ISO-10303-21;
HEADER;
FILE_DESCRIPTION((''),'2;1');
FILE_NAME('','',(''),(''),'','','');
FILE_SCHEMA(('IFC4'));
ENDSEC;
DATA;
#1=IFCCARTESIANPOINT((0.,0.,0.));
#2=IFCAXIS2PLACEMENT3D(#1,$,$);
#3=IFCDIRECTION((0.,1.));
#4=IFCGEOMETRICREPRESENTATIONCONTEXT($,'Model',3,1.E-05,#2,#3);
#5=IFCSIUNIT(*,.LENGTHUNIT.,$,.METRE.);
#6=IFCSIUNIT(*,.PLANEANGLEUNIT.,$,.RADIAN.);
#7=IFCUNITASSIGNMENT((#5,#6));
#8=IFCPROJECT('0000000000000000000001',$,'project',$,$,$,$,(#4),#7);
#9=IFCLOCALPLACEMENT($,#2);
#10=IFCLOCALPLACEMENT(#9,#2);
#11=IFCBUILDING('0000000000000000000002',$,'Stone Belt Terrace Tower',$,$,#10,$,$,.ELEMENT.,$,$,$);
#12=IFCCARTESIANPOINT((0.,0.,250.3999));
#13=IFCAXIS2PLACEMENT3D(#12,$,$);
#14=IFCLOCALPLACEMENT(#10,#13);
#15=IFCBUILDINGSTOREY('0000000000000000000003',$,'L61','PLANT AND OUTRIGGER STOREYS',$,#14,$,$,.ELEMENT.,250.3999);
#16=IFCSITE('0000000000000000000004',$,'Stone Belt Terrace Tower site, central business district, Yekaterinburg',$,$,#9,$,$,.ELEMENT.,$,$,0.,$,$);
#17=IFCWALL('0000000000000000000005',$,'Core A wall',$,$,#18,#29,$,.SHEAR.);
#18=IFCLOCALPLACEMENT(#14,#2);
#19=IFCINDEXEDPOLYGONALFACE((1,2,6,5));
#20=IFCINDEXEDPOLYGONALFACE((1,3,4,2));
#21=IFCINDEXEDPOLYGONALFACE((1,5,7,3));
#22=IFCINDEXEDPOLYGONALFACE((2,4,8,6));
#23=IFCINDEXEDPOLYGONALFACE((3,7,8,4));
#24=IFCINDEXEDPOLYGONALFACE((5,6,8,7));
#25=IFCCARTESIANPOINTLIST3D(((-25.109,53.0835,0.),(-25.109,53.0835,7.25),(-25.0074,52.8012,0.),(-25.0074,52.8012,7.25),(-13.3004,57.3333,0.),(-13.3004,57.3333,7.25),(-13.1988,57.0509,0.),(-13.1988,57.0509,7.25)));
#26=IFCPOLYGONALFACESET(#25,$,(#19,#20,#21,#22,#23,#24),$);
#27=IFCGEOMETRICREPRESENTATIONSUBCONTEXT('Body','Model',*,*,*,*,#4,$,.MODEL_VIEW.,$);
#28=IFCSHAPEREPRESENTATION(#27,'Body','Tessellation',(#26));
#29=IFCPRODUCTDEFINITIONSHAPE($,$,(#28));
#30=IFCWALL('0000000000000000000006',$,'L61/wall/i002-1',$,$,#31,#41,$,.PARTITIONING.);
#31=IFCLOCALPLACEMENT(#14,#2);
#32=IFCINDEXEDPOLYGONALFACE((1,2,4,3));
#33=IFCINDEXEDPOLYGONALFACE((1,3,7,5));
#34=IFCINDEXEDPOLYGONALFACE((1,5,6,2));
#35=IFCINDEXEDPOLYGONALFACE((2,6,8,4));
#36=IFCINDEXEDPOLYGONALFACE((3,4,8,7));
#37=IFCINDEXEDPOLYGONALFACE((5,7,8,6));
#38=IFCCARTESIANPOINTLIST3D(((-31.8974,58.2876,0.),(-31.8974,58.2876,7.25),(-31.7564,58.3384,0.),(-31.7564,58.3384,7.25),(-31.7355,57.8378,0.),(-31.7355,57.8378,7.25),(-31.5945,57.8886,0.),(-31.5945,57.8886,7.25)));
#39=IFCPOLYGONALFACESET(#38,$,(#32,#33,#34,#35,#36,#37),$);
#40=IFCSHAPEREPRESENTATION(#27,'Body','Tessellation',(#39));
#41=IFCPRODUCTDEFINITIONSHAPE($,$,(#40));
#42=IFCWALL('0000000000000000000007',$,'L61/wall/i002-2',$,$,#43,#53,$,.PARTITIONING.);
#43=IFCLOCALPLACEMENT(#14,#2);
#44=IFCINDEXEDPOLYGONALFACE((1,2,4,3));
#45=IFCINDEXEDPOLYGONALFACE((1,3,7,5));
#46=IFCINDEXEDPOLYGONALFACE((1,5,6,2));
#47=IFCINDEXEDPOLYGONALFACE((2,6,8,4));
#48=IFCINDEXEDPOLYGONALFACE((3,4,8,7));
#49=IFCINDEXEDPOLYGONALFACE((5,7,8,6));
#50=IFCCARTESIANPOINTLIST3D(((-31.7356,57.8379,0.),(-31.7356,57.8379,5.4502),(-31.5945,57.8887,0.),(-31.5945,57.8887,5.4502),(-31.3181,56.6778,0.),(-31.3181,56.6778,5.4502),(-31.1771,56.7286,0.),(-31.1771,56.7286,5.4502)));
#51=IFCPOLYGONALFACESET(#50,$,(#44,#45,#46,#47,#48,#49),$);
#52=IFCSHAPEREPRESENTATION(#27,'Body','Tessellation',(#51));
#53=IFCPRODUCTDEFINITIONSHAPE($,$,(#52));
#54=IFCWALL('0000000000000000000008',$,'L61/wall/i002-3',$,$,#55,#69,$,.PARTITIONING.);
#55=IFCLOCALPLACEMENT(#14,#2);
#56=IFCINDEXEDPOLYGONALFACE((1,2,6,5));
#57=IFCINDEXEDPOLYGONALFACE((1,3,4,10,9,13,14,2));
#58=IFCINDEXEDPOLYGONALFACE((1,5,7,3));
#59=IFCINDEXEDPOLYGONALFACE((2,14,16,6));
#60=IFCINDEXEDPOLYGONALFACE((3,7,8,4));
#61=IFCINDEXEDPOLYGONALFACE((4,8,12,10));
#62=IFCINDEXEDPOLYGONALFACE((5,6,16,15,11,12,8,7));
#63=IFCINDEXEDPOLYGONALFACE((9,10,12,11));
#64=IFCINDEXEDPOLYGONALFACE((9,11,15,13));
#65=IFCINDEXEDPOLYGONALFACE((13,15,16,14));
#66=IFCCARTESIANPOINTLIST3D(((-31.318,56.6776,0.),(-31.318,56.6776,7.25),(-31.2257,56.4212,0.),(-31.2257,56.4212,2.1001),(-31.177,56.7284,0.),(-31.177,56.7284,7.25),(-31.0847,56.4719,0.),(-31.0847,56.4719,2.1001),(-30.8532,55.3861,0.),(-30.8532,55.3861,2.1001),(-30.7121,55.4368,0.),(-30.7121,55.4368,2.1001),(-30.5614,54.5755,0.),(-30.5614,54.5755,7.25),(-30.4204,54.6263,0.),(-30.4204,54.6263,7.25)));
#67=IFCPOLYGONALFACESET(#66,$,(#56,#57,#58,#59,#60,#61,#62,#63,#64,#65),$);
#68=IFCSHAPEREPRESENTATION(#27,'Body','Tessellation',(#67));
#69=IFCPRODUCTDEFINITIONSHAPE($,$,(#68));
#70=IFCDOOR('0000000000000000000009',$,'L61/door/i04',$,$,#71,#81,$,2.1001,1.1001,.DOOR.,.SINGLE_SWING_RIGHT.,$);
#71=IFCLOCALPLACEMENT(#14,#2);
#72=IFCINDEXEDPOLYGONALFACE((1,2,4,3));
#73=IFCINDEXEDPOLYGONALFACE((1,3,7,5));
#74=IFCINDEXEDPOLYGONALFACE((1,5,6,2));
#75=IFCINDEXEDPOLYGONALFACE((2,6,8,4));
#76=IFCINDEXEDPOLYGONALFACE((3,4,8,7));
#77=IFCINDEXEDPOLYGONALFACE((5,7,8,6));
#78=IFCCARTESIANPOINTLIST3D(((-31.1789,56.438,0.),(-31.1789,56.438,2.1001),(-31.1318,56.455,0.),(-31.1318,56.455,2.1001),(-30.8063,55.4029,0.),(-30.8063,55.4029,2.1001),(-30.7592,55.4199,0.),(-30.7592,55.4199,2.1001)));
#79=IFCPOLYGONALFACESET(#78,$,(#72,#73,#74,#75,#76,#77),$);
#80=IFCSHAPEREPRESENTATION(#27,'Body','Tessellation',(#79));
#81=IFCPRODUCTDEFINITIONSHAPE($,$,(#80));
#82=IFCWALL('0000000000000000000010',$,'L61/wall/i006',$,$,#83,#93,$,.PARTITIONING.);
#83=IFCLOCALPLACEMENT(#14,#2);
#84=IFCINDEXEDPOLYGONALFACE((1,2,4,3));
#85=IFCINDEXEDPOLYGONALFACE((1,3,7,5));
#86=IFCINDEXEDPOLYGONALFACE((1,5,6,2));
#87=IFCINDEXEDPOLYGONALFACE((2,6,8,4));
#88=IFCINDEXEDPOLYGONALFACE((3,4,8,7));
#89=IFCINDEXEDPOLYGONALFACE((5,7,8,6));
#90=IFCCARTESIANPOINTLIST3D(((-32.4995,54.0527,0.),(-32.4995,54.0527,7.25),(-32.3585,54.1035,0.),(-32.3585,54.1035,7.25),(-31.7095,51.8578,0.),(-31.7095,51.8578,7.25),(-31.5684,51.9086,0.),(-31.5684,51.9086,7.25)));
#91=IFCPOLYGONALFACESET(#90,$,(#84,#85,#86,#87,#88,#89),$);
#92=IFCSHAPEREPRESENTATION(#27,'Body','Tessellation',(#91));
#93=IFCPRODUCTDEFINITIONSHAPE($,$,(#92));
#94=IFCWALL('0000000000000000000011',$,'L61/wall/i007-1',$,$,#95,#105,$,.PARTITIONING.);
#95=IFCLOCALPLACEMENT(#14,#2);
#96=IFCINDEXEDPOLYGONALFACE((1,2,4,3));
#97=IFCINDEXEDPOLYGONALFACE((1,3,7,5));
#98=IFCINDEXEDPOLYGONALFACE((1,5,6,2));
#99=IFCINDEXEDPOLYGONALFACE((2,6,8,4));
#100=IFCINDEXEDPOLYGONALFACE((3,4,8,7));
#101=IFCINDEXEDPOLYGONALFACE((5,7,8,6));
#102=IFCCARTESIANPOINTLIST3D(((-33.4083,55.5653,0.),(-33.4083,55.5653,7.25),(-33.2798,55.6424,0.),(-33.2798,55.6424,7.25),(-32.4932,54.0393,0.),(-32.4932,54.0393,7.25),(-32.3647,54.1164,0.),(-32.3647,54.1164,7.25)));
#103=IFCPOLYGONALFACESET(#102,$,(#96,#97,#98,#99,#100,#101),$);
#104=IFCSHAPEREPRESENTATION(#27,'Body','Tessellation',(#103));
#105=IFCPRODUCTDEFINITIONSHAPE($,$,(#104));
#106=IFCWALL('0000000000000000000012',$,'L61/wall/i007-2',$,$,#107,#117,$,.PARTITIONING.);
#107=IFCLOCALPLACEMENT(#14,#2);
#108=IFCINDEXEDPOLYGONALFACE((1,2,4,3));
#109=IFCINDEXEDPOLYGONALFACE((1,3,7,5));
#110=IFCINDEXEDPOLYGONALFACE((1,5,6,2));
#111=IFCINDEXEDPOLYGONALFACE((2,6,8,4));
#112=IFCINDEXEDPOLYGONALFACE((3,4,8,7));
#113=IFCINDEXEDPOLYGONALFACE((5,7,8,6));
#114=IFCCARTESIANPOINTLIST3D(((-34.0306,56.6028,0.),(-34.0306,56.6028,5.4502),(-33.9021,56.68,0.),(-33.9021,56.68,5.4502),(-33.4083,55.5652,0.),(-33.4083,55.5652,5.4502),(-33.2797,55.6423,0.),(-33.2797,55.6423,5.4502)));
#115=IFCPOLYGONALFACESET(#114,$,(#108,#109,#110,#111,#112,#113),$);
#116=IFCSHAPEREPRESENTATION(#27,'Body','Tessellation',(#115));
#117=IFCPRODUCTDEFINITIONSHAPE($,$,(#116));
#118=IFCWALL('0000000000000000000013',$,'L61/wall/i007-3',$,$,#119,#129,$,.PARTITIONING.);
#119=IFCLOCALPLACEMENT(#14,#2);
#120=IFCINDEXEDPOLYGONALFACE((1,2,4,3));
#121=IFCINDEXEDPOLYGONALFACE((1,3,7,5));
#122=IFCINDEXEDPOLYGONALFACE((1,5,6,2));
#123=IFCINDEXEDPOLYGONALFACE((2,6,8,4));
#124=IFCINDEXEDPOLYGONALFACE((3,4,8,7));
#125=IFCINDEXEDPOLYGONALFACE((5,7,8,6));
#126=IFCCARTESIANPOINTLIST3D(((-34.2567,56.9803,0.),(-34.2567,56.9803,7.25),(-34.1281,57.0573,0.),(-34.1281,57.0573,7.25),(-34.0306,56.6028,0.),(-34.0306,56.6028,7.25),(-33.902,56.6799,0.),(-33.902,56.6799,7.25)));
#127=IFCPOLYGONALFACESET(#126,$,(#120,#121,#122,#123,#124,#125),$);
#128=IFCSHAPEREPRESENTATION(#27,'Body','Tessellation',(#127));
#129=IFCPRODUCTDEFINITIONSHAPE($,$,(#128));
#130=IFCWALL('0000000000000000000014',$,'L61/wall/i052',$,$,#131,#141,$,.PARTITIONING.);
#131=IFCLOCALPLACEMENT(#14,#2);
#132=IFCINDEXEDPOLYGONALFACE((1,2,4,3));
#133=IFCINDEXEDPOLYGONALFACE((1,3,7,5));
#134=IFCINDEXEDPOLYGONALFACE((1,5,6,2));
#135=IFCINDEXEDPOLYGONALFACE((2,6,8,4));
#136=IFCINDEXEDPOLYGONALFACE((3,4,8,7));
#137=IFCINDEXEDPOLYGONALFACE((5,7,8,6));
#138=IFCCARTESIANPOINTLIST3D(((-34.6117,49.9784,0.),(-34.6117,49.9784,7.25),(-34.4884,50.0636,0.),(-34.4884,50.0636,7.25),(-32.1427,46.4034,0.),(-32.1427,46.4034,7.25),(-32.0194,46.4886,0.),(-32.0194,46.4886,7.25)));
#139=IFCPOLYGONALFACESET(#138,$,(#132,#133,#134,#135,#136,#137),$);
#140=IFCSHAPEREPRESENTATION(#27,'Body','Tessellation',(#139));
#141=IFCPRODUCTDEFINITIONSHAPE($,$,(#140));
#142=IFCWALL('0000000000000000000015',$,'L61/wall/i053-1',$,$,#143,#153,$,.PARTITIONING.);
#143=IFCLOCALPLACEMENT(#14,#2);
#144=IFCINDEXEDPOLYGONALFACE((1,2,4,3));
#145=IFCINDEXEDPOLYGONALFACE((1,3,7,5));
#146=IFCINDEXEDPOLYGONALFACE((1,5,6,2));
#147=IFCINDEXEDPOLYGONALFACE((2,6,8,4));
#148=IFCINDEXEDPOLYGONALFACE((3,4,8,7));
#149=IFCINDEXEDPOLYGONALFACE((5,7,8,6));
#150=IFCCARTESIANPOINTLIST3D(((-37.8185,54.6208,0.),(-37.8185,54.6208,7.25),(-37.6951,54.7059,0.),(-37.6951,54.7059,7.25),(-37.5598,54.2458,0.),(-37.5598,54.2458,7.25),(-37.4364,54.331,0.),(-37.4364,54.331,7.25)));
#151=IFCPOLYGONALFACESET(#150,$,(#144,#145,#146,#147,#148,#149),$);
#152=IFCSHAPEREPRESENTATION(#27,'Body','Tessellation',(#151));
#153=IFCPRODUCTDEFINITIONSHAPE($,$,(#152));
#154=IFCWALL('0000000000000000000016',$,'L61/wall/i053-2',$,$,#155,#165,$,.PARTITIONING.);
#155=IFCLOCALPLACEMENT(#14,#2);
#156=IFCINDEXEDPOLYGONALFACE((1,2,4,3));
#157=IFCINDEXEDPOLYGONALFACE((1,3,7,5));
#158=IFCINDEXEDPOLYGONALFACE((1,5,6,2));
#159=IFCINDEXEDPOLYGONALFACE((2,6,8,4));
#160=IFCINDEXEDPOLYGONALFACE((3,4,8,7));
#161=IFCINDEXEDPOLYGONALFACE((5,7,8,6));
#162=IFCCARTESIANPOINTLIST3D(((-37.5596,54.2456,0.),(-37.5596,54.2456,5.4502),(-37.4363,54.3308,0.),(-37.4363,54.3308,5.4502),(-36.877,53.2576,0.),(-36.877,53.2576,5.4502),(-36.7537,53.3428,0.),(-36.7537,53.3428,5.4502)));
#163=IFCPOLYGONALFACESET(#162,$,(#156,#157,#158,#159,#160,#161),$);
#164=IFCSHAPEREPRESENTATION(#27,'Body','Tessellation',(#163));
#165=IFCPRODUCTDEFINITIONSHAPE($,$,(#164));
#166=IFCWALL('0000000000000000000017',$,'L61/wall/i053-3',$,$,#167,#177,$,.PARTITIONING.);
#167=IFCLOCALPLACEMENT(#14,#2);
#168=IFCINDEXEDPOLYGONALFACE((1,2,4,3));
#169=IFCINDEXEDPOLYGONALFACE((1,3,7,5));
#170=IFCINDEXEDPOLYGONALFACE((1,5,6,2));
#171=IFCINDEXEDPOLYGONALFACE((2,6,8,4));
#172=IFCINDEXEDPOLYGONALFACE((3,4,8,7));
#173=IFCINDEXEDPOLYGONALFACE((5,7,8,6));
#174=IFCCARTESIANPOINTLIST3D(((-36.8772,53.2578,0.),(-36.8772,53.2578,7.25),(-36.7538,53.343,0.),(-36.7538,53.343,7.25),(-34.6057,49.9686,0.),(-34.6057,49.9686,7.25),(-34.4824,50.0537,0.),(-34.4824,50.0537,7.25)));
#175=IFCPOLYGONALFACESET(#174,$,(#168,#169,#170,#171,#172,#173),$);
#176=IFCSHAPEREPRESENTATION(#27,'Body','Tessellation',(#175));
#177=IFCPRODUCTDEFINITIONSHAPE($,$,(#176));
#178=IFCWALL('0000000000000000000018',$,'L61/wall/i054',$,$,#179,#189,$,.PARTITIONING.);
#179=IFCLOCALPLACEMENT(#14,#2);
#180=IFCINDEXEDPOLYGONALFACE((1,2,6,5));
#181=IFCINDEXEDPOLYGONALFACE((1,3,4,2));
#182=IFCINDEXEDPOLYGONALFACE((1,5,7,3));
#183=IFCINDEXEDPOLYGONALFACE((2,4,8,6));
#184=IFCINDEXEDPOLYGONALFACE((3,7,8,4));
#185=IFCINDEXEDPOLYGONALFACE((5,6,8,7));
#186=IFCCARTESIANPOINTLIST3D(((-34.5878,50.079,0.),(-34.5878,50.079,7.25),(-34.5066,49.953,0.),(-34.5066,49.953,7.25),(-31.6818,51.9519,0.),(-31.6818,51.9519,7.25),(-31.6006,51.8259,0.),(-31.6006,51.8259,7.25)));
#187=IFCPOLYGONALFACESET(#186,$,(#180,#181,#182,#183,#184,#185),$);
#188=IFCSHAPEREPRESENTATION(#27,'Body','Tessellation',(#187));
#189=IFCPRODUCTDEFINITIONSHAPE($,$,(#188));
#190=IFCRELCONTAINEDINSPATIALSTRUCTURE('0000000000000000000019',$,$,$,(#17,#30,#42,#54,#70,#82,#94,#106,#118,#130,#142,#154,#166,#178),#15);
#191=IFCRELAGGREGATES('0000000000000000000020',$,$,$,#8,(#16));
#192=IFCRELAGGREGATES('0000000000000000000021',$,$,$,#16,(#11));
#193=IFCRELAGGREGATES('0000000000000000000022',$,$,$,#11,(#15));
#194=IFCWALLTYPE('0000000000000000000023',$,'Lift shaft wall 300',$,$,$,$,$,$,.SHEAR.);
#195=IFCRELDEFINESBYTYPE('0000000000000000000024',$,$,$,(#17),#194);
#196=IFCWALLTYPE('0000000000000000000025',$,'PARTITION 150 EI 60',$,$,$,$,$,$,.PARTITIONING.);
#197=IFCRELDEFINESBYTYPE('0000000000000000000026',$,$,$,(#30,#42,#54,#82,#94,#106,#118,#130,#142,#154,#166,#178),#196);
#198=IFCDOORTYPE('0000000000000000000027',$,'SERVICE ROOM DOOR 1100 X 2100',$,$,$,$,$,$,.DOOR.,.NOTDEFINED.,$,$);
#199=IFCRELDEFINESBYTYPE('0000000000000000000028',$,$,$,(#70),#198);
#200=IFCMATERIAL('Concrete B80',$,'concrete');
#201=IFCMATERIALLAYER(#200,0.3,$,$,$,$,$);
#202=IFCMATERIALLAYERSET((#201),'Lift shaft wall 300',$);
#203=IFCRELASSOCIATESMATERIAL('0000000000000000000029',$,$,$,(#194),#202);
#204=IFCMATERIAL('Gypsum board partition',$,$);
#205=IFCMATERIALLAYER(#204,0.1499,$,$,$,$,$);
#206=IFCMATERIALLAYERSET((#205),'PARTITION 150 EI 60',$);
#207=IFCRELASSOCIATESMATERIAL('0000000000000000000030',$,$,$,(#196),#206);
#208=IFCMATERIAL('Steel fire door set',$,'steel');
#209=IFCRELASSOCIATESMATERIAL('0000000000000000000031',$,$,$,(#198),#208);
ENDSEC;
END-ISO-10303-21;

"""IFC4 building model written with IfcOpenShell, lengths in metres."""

from ifc_helpers import new_model, si_unit, direction, frame, frame_2d, origin, place, context, subcontext, project, spatial, rectangle, extrude, material, layer, layer_set, type_object, element, fill, save


model = new_model("IFC4")

# Units and contexts
model_context = context("Model", 3, precision=1e-05, world=origin(), true_north=direction((0.0, 1.0)))
body_context = subcontext(model_context, "Body", "Model", "MODEL_VIEW")
ifc_project = project(units=[si_unit("LENGTHUNIT", "METRE"), si_unit("PLANEANGLEUNIT", "RADIAN")], contexts=[model_context])

# Site, building, storey
site_placement = place(None, origin())
site = spatial("IfcSite", under=ifc_project, at=site_placement, Name="Stone Belt Terrace Tower site, central business district, Yekaterinburg", CompositionType="ELEMENT", RefElevation=0.0)
building_placement = place(site_placement, origin())
building = spatial("IfcBuilding", under=site, at=building_placement, Name="Stone Belt Terrace Tower", CompositionType="ELEMENT")
storey_placement = place(building_placement, frame((0.0, 0.0, 250.3999)))
storey = spatial("IfcBuildingStorey", under=building, at=storey_placement, Name="L61", Description="PLANT AND OUTRIGGER STOREYS", CompositionType="ELEMENT", Elevation=250.3999)

# Shared definitions
ifc_material_1 = material(Name="Concrete B80", Category="concrete")

# Shared definitions
ifc_layer_1 = layer(ifc_material_1, 0.3)
ifc_layer_set_1 = layer_set([ifc_layer_1], Name="Lift shaft wall 300")
wall_type_1 = type_object("IfcWallType", Name="Lift shaft wall 300", PredefinedType="SHEAR", material=ifc_layer_set_1)

# Walls
wall_1_placement = place(storey_placement, frame((-25.0581, 52.9424, 0.0), z_axis=(0.0, 0.0, 1.0), x_axis=(0.940921, 0.338625, 0.0)))
element("IfcWall", 1, at=wall_1_placement, inside=storey, type_object=wall_type_1, Name="Core A wall", PredefinedType="SHEAR", context=body_context, shape_type="SweptSolid", body=[
    extrude(rectangle(XDim=12.55, YDim=0.3, at=frame_2d((6.2749, 0.0))), origin(), (0.0, 0.0, 1.0), 7.25),
])
ifc_material_2 = material(Name="Gypsum board partition")
ifc_layer_2 = layer(ifc_material_2, 0.1499)
ifc_layer_set_2 = layer_set([ifc_layer_2], Name="PARTITION 150 EI 60")
wall_type_2 = type_object("IfcWallType", Name="PARTITION 150 EI 60", PredefinedType="PARTITIONING", material=ifc_layer_set_2)
wall_2_placement = place(storey_placement, frame((-31.8269, 58.313, 0.0), z_axis=(0.0, 0.0, 1.0), x_axis=(0.338665, -0.940907, 0.0)))
element("IfcWall", 2, at=wall_2_placement, inside=storey, type_object=wall_type_2, Name="L61/wall/i002-1", PredefinedType="PARTITIONING", context=body_context, shape_type="SweptSolid", body=[
    extrude(rectangle(XDim=0.478, YDim=0.1499, at=frame_2d((0.239, 0.0))), origin(), (0.0, 0.0, 1.0), 7.25),
])
wall_3_placement = place(storey_placement, frame((-31.665, 57.8633, 0.0), z_axis=(0.0, 0.0, 1.0), x_axis=(0.338593, -0.940933, 0.0)))
element("IfcWall", 3, at=wall_3_placement, inside=storey, type_object=wall_type_2, Name="L61/wall/i002-2", PredefinedType="PARTITIONING", context=body_context, shape_type="SweptSolid", body=[
    extrude(rectangle(XDim=1.2329, YDim=0.1499, at=frame_2d((0.6165, 0.0))), origin(), (0.0, 0.0, 1.0), 5.4502),
])

# Wall, opening, door
wall_4_placement = place(storey_placement, frame((-31.2476, 56.7031, 0.0), z_axis=(0.0, 0.0, 1.0), x_axis=(0.338661, -0.940908, 0.0)))
wall_4 = element("IfcWall", 4, at=wall_4_placement, inside=storey, type_object=wall_type_2, Name="L61/wall/i002-3", PredefinedType="PARTITIONING", context=body_context, shape_type="SweptSolid", body=[
    extrude(rectangle(XDim=2.2341, YDim=0.1499, at=frame_2d((1.1172, 0.0))), origin(), (0.0, 0.0, 1.0), 7.25),
])
opening_1_placement = place(wall_4_placement, frame((0.2727, 0.0, 0.0)))
opening_1 = element("IfcOpeningElement", 5, at=opening_1_placement, cuts=wall_4, PredefinedType="OPENING", context=body_context, shape_type="SweptSolid", body=[
    extrude(rectangle(XDim=1.1001, YDim=2.1001, at=frame_2d((0.55, 1.05))), frame((0.0, 0.085, 0.0), z_axis=(0.0, -1.0, 0.0), x_axis=(1.0, 0.0, 0.0)), (0.0, 0.0, 1.0), 0.1699),
])
ifc_material_3 = material(Name="Steel fire door set", Category="steel")
door_type_1 = type_object("IfcDoorType", Name="SERVICE ROOM DOOR 1100 X 2100", OperationType="NOTDEFINED", PredefinedType="DOOR", material=ifc_material_3)
door_1_placement = place(opening_1_placement, origin())
door_1 = element("IfcDoor", 6, at=door_1_placement, inside=storey, type_object=door_type_1, Name="L61/door/i04", OperationType="SINGLE_SWING_RIGHT", OverallHeight=2.1001, OverallWidth=1.1001, PredefinedType="DOOR", context=body_context, shape_type="SweptSolid", body=[
    extrude(rectangle(XDim=1.1001, YDim=2.1001, at=frame_2d((0.55, 1.05))), frame((0.0, 0.0249, 0.0), z_axis=(0.0, -1.0, 0.0), x_axis=(1.0, 0.0, 0.0)), (0.0, 0.0, 1.0), 0.05),
])
fill(opening_1, door_1)

# Walls
wall_5_placement = place(storey_placement, frame((-31.6389, 51.8831, 0.0), z_axis=(0.0, 0.0, 1.0), x_axis=(-0.338682, 0.940901, 0.0)))
element("IfcWall", 7, at=wall_5_placement, inside=storey, type_object=wall_type_2, Name="L61/wall/i006", PredefinedType="PARTITIONING", context=body_context, shape_type="SweptSolid", body=[
    extrude(rectangle(XDim=2.3328, YDim=0.1499, at=frame_2d((1.1665, 0.0))), origin(), (0.0, 0.0, 1.0), 7.25),
])
wall_6_placement = place(storey_placement, frame((-32.429, 54.0779, 0.0), z_axis=(0.0, 0.0, 1.0), x_axis=(-0.514294, 0.857614, 0.0)))
element("IfcWall", 8, at=wall_6_placement, inside=storey, type_object=wall_type_2, Name="L61/wall/i007-1", PredefinedType="PARTITIONING", context=body_context, shape_type="SweptSolid", body=[
    extrude(rectangle(XDim=1.7793, YDim=0.1499, at=frame_2d((0.8896, 0.0))), origin(), (0.0, 0.0, 1.0), 7.25),
])
wall_7_placement = place(storey_placement, frame((-33.344, 55.6038, 0.0), z_axis=(0.0, 0.0, 1.0), x_axis=(-0.514347, 0.857582, 0.0)))
element("IfcWall", 9, at=wall_7_placement, inside=storey, type_object=wall_type_2, Name="L61/wall/i007-2", PredefinedType="PARTITIONING", context=body_context, shape_type="SweptSolid", body=[
    extrude(rectangle(XDim=1.21, YDim=0.1499, at=frame_2d((0.605, 0.0))), origin(), (0.0, 0.0, 1.0), 5.4502),
])
wall_8_placement = place(storey_placement, frame((-33.9663, 56.6414, 0.0), z_axis=(0.0, 0.0, 1.0), x_axis=(-0.513843, 0.857884, 0.0)))
element("IfcWall", 10, at=wall_8_placement, inside=storey, type_object=wall_type_2, Name="L61/wall/i007-3", PredefinedType="PARTITIONING", context=body_context, shape_type="SweptSolid", body=[
    extrude(rectangle(XDim=0.4399, YDim=0.1499, at=frame_2d((0.22, 0.0))), origin(), (0.0, 0.0, 1.0), 7.25),
])
wall_9_placement = place(storey_placement, frame((-34.55, 50.021, 0.0), z_axis=(0.0, 0.0, 1.0), x_axis=(0.56828, -0.822835, 0.0)))
element("IfcWall", 11, at=wall_9_placement, inside=storey, type_object=wall_type_2, Name="L61/wall/i052", PredefinedType="PARTITIONING", context=body_context, shape_type="SweptSolid", body=[
    extrude(rectangle(XDim=4.3447, YDim=0.1499, at=frame_2d((2.1724, 0.0))), origin(), (0.0, 0.0, 1.0), 7.25),
])
wall_10_placement = place(storey_placement, frame((-37.7568, 54.6633, 0.0), z_axis=(0.0, 0.0, 1.0), x_axis=(0.567983, -0.82304, 0.0)))
element("IfcWall", 12, at=wall_10_placement, inside=storey, type_object=wall_type_2, Name="L61/wall/i053-1", PredefinedType="PARTITIONING", context=body_context, shape_type="SweptSolid", body=[
    extrude(rectangle(XDim=0.4556, YDim=0.1499, at=frame_2d((0.2278, 0.0))), origin(), (0.0, 0.0, 1.0), 7.25),
])
wall_11_placement = place(storey_placement, frame((-37.498, 54.2883, 0.0), z_axis=(0.0, 0.0, 1.0), x_axis=(0.568417, -0.822741, 0.0)))
element("IfcWall", 13, at=wall_11_placement, inside=storey, type_object=wall_type_2, Name="L61/wall/i053-2", PredefinedType="PARTITIONING", context=body_context, shape_type="SweptSolid", body=[
    extrude(rectangle(XDim=1.2009, YDim=0.1499, at=frame_2d((0.6006, 0.0))), origin(), (0.0, 0.0, 1.0), 5.4502),
])
wall_12_placement = place(storey_placement, frame((-36.8154, 53.3003, 0.0), z_axis=(0.0, 0.0, 1.0), x_axis=(0.568241, -0.822862, 0.0)))
element("IfcWall", 14, at=wall_12_placement, inside=storey, type_object=wall_type_2, Name="L61/wall/i053-3", PredefinedType="PARTITIONING", context=body_context, shape_type="SweptSolid", body=[
    extrude(rectangle(XDim=3.9973, YDim=0.1499, at=frame_2d((1.9985, 0.0))), origin(), (0.0, 0.0, 1.0), 7.25),
])
wall_13_placement = place(storey_placement, frame((-34.5471, 50.0161, 0.0), z_axis=(0.0, 0.0, 1.0), x_axis=(0.840565, 0.54171, 0.0)))
element("IfcWall", 15, at=wall_13_placement, inside=storey, type_object=wall_type_2, Name="L61/wall/i054", PredefinedType="PARTITIONING", context=body_context, shape_type="SweptSolid", body=[
    extrude(rectangle(XDim=3.4573, YDim=0.1499, at=frame_2d((1.7285, 0.0))), origin(), (0.0, 0.0, 1.0), 7.25),
])

save(model, "model.ifc")
